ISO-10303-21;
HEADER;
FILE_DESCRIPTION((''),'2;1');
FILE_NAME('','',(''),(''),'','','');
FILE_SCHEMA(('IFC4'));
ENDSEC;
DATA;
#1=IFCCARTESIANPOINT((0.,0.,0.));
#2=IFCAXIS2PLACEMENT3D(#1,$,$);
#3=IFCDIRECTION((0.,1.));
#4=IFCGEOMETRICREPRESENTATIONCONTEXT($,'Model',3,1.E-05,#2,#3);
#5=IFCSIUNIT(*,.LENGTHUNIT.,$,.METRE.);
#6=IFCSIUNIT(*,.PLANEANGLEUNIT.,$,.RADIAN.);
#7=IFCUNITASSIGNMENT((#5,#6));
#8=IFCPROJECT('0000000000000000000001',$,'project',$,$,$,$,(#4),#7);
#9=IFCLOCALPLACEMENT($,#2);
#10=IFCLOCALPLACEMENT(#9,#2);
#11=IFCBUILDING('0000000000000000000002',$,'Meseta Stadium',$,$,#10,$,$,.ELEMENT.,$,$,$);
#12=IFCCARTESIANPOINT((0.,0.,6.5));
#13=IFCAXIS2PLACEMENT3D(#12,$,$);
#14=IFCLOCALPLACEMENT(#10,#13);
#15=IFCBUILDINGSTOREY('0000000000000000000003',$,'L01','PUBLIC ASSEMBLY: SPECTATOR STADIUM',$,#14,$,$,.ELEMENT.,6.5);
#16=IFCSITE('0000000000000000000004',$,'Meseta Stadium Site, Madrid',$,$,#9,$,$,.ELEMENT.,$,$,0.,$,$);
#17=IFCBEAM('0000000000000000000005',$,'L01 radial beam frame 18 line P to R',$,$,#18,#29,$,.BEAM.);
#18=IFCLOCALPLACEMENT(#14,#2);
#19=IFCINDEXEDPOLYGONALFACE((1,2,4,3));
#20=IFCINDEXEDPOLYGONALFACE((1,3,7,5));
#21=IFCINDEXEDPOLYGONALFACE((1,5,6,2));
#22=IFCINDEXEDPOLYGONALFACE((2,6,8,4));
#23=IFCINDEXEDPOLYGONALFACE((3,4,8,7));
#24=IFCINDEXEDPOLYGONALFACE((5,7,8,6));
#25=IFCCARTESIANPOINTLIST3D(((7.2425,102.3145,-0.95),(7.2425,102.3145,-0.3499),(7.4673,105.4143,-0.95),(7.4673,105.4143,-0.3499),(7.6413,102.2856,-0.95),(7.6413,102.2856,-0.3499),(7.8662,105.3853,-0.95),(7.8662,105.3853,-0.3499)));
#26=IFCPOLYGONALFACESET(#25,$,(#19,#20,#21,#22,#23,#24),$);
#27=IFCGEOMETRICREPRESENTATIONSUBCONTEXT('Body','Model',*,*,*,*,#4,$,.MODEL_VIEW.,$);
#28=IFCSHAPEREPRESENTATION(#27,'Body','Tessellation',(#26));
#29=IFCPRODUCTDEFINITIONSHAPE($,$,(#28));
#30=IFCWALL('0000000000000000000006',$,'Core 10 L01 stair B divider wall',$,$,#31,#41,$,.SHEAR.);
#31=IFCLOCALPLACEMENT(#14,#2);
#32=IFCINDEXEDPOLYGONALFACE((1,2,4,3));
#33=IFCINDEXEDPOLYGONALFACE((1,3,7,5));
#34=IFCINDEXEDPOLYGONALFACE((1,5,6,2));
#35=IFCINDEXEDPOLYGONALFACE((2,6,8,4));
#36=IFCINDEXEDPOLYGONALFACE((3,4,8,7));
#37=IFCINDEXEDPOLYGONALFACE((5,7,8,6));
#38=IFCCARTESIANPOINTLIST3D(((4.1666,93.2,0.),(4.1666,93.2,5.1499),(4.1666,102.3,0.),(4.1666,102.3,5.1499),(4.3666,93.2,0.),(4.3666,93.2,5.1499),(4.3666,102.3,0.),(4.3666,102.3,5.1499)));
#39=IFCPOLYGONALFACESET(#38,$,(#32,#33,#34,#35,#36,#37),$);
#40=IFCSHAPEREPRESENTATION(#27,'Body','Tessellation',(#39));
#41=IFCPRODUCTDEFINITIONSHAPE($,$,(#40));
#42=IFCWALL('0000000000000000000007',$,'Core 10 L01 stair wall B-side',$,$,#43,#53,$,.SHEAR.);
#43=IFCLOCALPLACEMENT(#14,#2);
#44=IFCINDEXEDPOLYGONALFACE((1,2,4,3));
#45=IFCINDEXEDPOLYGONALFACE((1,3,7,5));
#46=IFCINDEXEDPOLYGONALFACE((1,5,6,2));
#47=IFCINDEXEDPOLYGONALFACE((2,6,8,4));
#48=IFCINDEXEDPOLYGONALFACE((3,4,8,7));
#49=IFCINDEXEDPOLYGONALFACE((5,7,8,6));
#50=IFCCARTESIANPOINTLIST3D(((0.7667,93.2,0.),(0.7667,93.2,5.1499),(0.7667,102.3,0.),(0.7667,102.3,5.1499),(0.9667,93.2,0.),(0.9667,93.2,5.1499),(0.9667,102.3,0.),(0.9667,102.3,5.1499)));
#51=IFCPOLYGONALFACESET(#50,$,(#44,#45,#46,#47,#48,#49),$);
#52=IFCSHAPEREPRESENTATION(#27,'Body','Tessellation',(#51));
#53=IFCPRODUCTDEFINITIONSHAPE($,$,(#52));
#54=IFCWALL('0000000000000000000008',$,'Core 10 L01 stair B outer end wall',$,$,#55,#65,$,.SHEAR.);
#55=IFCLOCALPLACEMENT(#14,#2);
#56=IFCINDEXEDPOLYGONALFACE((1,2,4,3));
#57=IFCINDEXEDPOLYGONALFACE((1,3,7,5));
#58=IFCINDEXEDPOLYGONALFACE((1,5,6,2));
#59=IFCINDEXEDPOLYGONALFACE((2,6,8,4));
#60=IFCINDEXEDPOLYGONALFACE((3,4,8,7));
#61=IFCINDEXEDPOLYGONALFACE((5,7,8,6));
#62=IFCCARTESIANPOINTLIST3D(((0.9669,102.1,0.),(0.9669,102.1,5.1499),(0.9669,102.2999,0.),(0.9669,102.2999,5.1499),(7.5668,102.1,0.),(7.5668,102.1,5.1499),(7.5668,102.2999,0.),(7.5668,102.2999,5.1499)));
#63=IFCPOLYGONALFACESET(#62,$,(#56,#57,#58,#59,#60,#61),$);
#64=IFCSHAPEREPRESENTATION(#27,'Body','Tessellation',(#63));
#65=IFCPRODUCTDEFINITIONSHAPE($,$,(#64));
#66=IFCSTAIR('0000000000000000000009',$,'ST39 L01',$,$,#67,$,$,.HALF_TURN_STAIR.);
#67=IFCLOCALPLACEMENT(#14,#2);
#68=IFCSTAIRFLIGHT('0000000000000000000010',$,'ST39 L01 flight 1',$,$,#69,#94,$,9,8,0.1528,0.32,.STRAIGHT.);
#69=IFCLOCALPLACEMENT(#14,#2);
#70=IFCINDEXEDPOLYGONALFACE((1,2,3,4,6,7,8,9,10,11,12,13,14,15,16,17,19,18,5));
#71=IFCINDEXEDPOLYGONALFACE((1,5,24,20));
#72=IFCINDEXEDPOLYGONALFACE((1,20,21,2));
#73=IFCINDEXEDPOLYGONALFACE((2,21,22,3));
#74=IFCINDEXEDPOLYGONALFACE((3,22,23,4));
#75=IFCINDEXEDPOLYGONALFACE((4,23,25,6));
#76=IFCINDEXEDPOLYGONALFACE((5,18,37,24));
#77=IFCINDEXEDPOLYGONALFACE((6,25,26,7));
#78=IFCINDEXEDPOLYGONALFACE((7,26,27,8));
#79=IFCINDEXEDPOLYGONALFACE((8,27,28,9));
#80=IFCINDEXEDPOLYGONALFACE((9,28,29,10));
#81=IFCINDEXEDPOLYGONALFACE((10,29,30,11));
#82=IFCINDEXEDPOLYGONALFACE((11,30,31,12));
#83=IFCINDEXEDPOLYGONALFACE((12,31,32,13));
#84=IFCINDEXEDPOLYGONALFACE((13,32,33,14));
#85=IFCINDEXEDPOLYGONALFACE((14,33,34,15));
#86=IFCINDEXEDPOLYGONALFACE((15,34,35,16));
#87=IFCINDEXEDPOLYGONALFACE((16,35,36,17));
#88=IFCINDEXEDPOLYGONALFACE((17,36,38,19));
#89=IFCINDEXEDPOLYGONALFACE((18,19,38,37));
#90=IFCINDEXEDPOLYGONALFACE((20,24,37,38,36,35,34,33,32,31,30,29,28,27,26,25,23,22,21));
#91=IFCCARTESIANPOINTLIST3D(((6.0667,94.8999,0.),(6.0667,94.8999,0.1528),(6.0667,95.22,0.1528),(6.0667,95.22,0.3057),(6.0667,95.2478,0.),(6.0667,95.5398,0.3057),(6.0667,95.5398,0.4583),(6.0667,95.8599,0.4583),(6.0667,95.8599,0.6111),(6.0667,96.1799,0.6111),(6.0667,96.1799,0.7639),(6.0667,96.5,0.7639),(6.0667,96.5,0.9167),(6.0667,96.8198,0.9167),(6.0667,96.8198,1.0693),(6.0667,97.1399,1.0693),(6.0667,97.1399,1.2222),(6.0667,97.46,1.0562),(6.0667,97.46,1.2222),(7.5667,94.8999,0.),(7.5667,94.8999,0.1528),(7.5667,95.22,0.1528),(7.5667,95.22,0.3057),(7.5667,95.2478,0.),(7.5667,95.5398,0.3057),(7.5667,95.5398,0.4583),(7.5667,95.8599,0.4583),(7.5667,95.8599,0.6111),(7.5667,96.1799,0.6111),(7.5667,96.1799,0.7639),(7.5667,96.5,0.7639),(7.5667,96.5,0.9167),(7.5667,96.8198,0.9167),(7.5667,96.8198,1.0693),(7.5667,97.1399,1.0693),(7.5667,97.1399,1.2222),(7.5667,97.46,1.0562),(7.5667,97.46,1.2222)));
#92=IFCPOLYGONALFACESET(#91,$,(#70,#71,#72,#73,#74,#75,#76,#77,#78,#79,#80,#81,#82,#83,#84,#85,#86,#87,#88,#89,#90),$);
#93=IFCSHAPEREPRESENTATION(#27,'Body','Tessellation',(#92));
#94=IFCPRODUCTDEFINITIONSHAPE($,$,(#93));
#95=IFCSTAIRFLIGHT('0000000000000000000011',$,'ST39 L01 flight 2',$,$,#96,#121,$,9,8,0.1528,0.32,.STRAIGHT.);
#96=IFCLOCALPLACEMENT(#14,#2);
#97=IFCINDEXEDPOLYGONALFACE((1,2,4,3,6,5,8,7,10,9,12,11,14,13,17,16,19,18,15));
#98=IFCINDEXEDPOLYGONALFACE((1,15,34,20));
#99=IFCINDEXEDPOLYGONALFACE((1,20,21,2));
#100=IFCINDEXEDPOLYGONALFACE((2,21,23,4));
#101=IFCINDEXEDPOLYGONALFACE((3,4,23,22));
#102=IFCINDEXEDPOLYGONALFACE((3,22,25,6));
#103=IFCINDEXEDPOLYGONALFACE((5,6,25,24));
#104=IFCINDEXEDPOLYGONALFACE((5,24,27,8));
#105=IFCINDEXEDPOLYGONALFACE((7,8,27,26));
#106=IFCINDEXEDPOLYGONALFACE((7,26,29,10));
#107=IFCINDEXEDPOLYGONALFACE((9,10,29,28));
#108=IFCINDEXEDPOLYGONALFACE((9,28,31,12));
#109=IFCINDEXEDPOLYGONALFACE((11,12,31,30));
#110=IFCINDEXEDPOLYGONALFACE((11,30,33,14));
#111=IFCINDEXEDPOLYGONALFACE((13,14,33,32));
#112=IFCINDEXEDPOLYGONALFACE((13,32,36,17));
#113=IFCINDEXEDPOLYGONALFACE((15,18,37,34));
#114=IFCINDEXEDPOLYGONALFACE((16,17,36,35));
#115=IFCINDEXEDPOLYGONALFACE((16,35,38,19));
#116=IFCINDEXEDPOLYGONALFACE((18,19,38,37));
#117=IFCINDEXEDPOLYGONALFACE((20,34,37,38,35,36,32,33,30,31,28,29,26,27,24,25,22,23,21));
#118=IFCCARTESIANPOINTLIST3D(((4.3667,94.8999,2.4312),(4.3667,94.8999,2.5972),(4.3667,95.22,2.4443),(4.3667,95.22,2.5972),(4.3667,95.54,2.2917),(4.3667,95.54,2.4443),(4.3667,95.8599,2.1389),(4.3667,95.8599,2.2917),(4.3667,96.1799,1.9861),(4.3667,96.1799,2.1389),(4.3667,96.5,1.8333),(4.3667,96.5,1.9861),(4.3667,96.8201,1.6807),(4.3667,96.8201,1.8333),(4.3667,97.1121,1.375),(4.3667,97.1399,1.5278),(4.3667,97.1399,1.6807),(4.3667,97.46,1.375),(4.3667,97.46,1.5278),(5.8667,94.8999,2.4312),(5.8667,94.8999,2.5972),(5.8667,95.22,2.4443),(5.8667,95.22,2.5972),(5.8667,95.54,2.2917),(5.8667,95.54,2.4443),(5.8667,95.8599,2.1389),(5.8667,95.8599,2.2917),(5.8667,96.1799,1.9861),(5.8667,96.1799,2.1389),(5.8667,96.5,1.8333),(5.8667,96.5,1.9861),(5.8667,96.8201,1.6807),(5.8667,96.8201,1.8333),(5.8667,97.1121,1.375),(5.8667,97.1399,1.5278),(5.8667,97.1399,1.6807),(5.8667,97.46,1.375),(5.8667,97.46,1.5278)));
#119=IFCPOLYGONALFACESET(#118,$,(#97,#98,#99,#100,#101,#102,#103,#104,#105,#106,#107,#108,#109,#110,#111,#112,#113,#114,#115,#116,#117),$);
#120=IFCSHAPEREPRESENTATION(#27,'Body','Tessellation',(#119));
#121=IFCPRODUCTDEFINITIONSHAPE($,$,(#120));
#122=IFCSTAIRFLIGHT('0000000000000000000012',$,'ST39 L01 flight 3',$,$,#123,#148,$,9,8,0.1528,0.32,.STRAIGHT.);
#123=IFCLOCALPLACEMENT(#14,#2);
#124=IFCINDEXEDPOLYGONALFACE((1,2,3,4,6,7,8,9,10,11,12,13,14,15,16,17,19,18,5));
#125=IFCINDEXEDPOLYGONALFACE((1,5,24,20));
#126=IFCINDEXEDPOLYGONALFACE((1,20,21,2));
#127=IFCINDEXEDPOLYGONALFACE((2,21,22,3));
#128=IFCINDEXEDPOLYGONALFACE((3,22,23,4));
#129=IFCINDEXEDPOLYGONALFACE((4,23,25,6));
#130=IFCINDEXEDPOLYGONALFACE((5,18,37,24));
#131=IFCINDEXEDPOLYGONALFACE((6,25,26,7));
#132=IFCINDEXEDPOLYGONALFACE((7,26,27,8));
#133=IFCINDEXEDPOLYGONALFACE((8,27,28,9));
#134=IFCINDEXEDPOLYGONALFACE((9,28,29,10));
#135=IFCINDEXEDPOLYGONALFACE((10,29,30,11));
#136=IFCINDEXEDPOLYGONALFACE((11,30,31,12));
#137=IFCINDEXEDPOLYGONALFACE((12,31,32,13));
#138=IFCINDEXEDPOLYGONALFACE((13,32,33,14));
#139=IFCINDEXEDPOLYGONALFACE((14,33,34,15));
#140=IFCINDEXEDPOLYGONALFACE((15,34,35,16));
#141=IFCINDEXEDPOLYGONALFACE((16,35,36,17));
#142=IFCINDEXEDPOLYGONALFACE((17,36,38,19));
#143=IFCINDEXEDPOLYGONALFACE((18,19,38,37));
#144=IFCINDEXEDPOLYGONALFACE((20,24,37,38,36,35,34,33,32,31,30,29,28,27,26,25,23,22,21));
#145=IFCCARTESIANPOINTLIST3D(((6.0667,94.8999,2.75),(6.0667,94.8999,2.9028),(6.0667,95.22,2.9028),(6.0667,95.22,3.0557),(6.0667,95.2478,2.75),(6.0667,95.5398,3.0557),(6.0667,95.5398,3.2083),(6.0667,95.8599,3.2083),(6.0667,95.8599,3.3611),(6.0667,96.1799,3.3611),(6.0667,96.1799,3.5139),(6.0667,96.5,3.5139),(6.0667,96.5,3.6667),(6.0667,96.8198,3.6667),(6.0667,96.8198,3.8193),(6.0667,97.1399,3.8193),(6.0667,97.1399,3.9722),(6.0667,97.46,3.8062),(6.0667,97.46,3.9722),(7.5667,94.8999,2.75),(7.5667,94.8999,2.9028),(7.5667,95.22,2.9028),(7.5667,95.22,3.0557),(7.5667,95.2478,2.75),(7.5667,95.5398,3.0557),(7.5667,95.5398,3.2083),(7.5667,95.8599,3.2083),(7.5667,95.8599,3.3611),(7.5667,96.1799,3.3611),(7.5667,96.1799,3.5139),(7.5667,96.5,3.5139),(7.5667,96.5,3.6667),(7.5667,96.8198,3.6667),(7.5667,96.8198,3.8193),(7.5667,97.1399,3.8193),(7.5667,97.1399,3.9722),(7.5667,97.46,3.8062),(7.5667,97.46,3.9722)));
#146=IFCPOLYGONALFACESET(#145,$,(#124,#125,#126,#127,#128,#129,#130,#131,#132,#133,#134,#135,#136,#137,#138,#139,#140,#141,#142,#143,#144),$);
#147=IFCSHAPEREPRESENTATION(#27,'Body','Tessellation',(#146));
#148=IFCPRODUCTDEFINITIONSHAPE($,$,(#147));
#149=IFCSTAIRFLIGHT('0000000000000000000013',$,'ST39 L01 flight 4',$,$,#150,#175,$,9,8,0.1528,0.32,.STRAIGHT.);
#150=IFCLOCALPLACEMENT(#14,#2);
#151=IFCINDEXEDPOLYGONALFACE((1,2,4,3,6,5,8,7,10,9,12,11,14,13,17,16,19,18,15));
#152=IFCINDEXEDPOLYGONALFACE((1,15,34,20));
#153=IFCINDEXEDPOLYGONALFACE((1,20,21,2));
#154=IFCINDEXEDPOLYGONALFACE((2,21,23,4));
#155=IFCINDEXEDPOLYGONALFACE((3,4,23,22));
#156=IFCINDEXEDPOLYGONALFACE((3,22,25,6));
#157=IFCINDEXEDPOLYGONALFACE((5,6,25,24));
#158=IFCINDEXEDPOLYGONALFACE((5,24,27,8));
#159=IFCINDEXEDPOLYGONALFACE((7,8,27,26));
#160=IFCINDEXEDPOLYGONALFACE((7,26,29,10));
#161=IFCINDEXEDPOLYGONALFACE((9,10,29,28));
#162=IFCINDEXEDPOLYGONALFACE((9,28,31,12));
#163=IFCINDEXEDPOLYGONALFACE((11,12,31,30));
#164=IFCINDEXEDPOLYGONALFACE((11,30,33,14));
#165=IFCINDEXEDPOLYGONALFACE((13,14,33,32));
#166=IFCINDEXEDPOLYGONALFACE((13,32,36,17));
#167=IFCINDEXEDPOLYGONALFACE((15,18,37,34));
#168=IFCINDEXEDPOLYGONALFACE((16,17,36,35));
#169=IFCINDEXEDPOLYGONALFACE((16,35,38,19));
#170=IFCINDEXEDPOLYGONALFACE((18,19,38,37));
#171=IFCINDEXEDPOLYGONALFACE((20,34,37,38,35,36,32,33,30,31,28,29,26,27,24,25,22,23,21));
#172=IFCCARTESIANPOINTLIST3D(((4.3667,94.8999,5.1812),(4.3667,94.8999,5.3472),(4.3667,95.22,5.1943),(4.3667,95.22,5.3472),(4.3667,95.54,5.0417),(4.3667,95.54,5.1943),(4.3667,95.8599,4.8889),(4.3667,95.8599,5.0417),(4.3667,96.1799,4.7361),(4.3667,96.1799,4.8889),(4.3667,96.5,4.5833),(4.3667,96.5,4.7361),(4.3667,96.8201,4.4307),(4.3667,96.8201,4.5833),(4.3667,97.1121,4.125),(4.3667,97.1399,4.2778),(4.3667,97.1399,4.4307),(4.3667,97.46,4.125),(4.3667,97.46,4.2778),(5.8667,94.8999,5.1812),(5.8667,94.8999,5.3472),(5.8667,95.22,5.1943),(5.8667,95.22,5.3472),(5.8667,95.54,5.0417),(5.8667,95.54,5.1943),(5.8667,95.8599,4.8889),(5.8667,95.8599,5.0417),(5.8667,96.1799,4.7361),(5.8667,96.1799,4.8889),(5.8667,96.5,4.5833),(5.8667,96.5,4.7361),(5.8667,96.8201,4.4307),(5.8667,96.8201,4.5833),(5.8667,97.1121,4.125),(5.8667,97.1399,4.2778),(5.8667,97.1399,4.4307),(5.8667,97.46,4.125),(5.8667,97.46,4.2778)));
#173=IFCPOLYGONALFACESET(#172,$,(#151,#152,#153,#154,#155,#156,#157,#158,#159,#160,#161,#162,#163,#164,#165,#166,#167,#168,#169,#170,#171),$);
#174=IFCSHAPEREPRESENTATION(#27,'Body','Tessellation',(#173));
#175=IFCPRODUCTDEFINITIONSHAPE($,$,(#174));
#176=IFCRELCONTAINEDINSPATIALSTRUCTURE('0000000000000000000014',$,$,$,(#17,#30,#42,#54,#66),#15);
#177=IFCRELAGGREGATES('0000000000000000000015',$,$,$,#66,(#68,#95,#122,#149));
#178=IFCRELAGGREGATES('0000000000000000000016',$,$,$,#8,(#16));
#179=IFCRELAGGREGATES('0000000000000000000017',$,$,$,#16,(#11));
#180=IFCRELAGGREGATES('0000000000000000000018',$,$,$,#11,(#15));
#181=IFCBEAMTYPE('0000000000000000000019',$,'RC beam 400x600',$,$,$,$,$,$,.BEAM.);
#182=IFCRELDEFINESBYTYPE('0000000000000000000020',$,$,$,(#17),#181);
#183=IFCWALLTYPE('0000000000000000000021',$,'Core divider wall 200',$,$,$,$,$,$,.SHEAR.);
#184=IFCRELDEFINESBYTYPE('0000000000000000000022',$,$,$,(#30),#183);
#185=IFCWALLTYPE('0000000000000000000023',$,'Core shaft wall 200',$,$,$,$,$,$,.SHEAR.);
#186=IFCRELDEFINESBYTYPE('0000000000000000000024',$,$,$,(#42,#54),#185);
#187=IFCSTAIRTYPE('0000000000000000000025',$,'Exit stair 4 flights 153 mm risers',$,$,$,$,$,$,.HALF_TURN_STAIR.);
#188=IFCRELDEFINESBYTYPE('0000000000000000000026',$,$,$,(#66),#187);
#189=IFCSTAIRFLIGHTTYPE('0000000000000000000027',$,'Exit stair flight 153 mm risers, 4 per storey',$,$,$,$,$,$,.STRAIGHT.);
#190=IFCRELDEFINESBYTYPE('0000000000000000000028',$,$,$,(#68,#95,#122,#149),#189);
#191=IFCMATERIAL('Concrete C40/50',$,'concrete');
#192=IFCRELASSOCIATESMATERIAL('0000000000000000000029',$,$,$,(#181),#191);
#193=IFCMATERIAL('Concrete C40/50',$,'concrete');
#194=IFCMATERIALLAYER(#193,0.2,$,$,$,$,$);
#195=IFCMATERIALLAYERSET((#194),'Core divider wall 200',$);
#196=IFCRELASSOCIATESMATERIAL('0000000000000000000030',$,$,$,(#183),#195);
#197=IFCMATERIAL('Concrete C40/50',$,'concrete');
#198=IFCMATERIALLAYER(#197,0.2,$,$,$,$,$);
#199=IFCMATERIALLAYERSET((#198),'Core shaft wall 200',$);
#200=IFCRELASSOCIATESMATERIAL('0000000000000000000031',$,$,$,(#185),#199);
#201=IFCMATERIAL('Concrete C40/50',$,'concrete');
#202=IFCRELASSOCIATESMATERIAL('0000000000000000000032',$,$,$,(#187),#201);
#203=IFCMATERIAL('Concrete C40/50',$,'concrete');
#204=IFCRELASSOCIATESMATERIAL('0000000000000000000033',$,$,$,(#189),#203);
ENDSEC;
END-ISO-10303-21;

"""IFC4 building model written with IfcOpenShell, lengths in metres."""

from ifc_helpers import new_model, si_unit, direction, frame, frame_2d, origin, origin_2d, place, context, subcontext, project, spatial, polyline, rectangle, outline, extrude, material, layer, layer_set, material_profile, profile_set, type_object, element, aggregate, save


model = new_model("IFC4")

# Units and contexts
model_context = context("Model", 3, precision=1e-05, world=origin(), true_north=direction((0.0, 1.0)))
body_context = subcontext(model_context, "Body", "Model", "MODEL_VIEW")
ifc_project = project(units=[si_unit("LENGTHUNIT", "METRE"), si_unit("PLANEANGLEUNIT", "RADIAN")], contexts=[model_context])

# Site, building, storey
site_placement = place(None, origin())
site = spatial("IfcSite", under=ifc_project, at=site_placement, Name="Meseta Stadium Site, Madrid", CompositionType="ELEMENT", RefElevation=0.0)
building_placement = place(site_placement, origin())
building = spatial("IfcBuilding", under=site, at=building_placement, Name="Meseta Stadium", CompositionType="ELEMENT")
storey_placement = place(building_placement, frame((0.0, 0.0, 6.5)))
storey = spatial("IfcBuildingStorey", under=building, at=storey_placement, Name="L01", Description="PUBLIC ASSEMBLY: SPECTATOR STADIUM", CompositionType="ELEMENT", Elevation=6.5)

# Beam
ifc_material_1 = material(Name="Concrete C40/50", Category="concrete")
ifc_material_profile = material_profile(ifc_material_1, rectangle(XDim=0.3999, YDim=0.6001, at=origin_2d()), Name="RC 400x600")
ifc_profile_set = profile_set([ifc_material_profile], Name="Concrete C40/50")
beam_type = type_object("IfcBeamType", Name="RC beam 400x600", PredefinedType="BEAM", material=ifc_profile_set)
beam_placement = place(storey_placement, frame((7.4419, 102.3, -0.6499), z_axis=(0.072347, 0.99738, 0.0), x_axis=(-0.99738, 0.072347, 0.0)))
element("IfcBeam", 1, at=beam_placement, inside=storey, type_object=beam_type, Name="L01 radial beam frame 18 line P to R", PredefinedType="BEAM", context=body_context, shape_type="SweptSolid", body=[
    extrude(rectangle(XDim=0.3999, YDim=0.6001, at=origin_2d()), origin(), (0.0, 0.0, 1.0), 3.1079),
])

# Walls
ifc_material_2 = material(Name="Concrete C40/50", Category="concrete")
ifc_layer_1 = layer(ifc_material_2, 0.2)
ifc_layer_set_1 = layer_set([ifc_layer_1], Name="Core divider wall 200")
wall_type_1 = type_object("IfcWallType", Name="Core divider wall 200", PredefinedType="SHEAR", material=ifc_layer_set_1)
wall_1_placement = place(storey_placement, frame((4.2666, 102.3, 0.0), z_axis=(0.0, 0.0, 1.0), x_axis=(0.0, -1.0, 0.0)))
element("IfcWall", 2, at=wall_1_placement, inside=storey, type_object=wall_type_1, Name="Core 10 L01 stair B divider wall", PredefinedType="SHEAR", context=body_context, shape_type="SweptSolid", body=[
    extrude(rectangle(XDim=9.1001, YDim=0.2, at=frame_2d((4.55, 0.0))), origin(), (0.0, 0.0, 1.0), 5.1499),
])
ifc_material_3 = material(Name="Concrete C40/50", Category="concrete")
ifc_layer_2 = layer(ifc_material_3, 0.2)
ifc_layer_set_2 = layer_set([ifc_layer_2], Name="Core shaft wall 200")
wall_type_2 = type_object("IfcWallType", Name="Core shaft wall 200", PredefinedType="SHEAR", material=ifc_layer_set_2)
wall_2_placement = place(storey_placement, frame((0.8667, 102.3, 0.0), z_axis=(0.0, 0.0, 1.0), x_axis=(0.0, -1.0, 0.0)))
element("IfcWall", 3, at=wall_2_placement, inside=storey, type_object=wall_type_2, Name="Core 10 L01 stair wall B-side", PredefinedType="SHEAR", context=body_context, shape_type="SweptSolid", body=[
    extrude(rectangle(XDim=9.1001, YDim=0.2, at=frame_2d((4.55, 0.0))), origin(), (0.0, 0.0, 1.0), 5.1499),
])
wall_3_placement = place(storey_placement, frame((7.5667, 102.2, 0.0), z_axis=(0.0, 0.0, 1.0), x_axis=(-1.0, 0.0, 0.0)))
element("IfcWall", 4, at=wall_3_placement, inside=storey, type_object=wall_type_2, Name="Core 10 L01 stair B outer end wall", PredefinedType="SHEAR", context=body_context, shape_type="SweptSolid", body=[
    extrude(rectangle(XDim=6.5999, YDim=0.2, at=frame_2d((3.2998, 0.0))), origin(), (0.0, 0.0, 1.0), 5.1499),
])

# Stair, stair flights
ifc_material_4 = material(Name="Concrete C40/50", Category="concrete")
stair_type = type_object("IfcStairType", Name="Exit stair 4 flights 153 mm risers", PredefinedType="HALF_TURN_STAIR", material=ifc_material_4)
stair_1_placement = place(storey_placement, origin())
stair_1 = element("IfcStair", 5, at=stair_1_placement, inside=storey, type_object=stair_type, Name="ST39 L01", PredefinedType="HALF_TURN_STAIR")
ifc_material_5 = material(Name="Concrete C40/50", Category="concrete")
stair_flight_type = type_object("IfcStairFlightType", Name="Exit stair flight 153 mm risers, 4 per storey", PredefinedType="STRAIGHT", material=ifc_material_5)
stair_flight_1_placement = place(storey_placement, frame((6.8167, 94.8999, 0.0), z_axis=(0.0, 0.0, 1.0), x_axis=(0.0, 1.0, 0.0)))
stair_flight_1 = element("IfcStairFlight", 6, at=stair_flight_1_placement, type_object=stair_flight_type, Name="ST39 L01 flight 1", NumberOfRisers=9, NumberOfTreads=8, PredefinedType="STRAIGHT", RiserHeight=0.1528, TreadLength=0.32, context=body_context, shape_type="SweptSolid", body=[
    extrude(outline(polyline([(0.0, 0.0), (0.0, 0.1528), (0.3201, 0.1528), (0.3201, 0.3057), (0.6399, 0.3057), (0.6399, 0.4583), (0.96, 0.4583), (0.96, 0.6111), (1.28, 0.6111), (1.28, 0.7639), (1.6001, 0.7639), (1.6001, 0.9167), (1.9199, 0.9167), (1.9199, 1.0693), (2.24, 1.0693), (2.24, 1.2222), (2.5601, 1.2222), (2.5601, 1.0562), (0.3479, 0.0), (0.0, 0.0)])), frame((0.0, 0.75, 0.0), z_axis=(0.0, -1.0, 0.0), x_axis=(1.0, 0.0, 0.0)), (0.0, 0.0, 1.0), 1.5),
])
stair_flight_2_placement = place(storey_placement, frame((5.1167, 97.46, 1.375), z_axis=(0.0, 0.0, 1.0), x_axis=(0.0, -1.0, 0.0)))
stair_flight_2 = element("IfcStairFlight", 7, at=stair_flight_2_placement, type_object=stair_flight_type, Name="ST39 L01 flight 2", NumberOfRisers=9, NumberOfTreads=8, PredefinedType="STRAIGHT", RiserHeight=0.1528, TreadLength=0.32, context=body_context, shape_type="SweptSolid", body=[
    extrude(outline(polyline([(0.0, 0.0), (0.0, 0.1528), (0.3201, 0.1528), (0.3201, 0.3057), (0.6399, 0.3057), (0.6399, 0.4583), (0.96, 0.4583), (0.96, 0.6111), (1.28, 0.6111), (1.28, 0.7639), (1.6001, 0.7639), (1.6001, 0.9167), (1.9199, 0.9167), (1.9199, 1.0693), (2.24, 1.0693), (2.24, 1.2222), (2.5601, 1.2222), (2.5601, 1.0562), (0.3479, 0.0), (0.0, 0.0)])), frame((0.0, 0.75, 0.0), z_axis=(0.0, -1.0, 0.0), x_axis=(1.0, 0.0, 0.0)), (0.0, 0.0, 1.0), 1.5),
])
stair_flight_3_placement = place(storey_placement, frame((6.8167, 94.8999, 2.75), z_axis=(0.0, 0.0, 1.0), x_axis=(0.0, 1.0, 0.0)))
stair_flight_3 = element("IfcStairFlight", 8, at=stair_flight_3_placement, type_object=stair_flight_type, Name="ST39 L01 flight 3", NumberOfRisers=9, NumberOfTreads=8, PredefinedType="STRAIGHT", RiserHeight=0.1528, TreadLength=0.32, context=body_context, shape_type="SweptSolid", body=[
    extrude(outline(polyline([(0.0, 0.0), (0.0, 0.1528), (0.3201, 0.1528), (0.3201, 0.3057), (0.6399, 0.3057), (0.6399, 0.4583), (0.96, 0.4583), (0.96, 0.6111), (1.28, 0.6111), (1.28, 0.7639), (1.6001, 0.7639), (1.6001, 0.9167), (1.9199, 0.9167), (1.9199, 1.0693), (2.24, 1.0693), (2.24, 1.2222), (2.5601, 1.2222), (2.5601, 1.0562), (0.3479, 0.0), (0.0, 0.0)])), frame((0.0, 0.75, 0.0), z_axis=(0.0, -1.0, 0.0), x_axis=(1.0, 0.0, 0.0)), (0.0, 0.0, 1.0), 1.5),
])
stair_flight_4_placement = place(storey_placement, frame((5.1167, 97.46, 4.125), z_axis=(0.0, 0.0, 1.0), x_axis=(0.0, -1.0, 0.0)))
stair_flight_4 = element("IfcStairFlight", 9, at=stair_flight_4_placement, type_object=stair_flight_type, Name="ST39 L01 flight 4", NumberOfRisers=9, NumberOfTreads=8, PredefinedType="STRAIGHT", RiserHeight=0.1528, TreadLength=0.32, context=body_context, shape_type="SweptSolid", body=[
    extrude(outline(polyline([(0.0, 0.0), (0.0, 0.1528), (0.3201, 0.1528), (0.3201, 0.3057), (0.6399, 0.3057), (0.6399, 0.4583), (0.96, 0.4583), (0.96, 0.6111), (1.28, 0.6111), (1.28, 0.7639), (1.6001, 0.7639), (1.6001, 0.9167), (1.9199, 0.9167), (1.9199, 1.0693), (2.24, 1.0693), (2.24, 1.2222), (2.5601, 1.2222), (2.5601, 1.0562), (0.3479, 0.0), (0.0, 0.0)])), frame((0.0, 0.75, 0.0), z_axis=(0.0, -1.0, 0.0), x_axis=(1.0, 0.0, 0.0)), (0.0, 0.0, 1.0), 1.5),
])
aggregate(stair_1, [stair_flight_1, stair_flight_2, stair_flight_3, stair_flight_4])

save(model, "model.ifc")
